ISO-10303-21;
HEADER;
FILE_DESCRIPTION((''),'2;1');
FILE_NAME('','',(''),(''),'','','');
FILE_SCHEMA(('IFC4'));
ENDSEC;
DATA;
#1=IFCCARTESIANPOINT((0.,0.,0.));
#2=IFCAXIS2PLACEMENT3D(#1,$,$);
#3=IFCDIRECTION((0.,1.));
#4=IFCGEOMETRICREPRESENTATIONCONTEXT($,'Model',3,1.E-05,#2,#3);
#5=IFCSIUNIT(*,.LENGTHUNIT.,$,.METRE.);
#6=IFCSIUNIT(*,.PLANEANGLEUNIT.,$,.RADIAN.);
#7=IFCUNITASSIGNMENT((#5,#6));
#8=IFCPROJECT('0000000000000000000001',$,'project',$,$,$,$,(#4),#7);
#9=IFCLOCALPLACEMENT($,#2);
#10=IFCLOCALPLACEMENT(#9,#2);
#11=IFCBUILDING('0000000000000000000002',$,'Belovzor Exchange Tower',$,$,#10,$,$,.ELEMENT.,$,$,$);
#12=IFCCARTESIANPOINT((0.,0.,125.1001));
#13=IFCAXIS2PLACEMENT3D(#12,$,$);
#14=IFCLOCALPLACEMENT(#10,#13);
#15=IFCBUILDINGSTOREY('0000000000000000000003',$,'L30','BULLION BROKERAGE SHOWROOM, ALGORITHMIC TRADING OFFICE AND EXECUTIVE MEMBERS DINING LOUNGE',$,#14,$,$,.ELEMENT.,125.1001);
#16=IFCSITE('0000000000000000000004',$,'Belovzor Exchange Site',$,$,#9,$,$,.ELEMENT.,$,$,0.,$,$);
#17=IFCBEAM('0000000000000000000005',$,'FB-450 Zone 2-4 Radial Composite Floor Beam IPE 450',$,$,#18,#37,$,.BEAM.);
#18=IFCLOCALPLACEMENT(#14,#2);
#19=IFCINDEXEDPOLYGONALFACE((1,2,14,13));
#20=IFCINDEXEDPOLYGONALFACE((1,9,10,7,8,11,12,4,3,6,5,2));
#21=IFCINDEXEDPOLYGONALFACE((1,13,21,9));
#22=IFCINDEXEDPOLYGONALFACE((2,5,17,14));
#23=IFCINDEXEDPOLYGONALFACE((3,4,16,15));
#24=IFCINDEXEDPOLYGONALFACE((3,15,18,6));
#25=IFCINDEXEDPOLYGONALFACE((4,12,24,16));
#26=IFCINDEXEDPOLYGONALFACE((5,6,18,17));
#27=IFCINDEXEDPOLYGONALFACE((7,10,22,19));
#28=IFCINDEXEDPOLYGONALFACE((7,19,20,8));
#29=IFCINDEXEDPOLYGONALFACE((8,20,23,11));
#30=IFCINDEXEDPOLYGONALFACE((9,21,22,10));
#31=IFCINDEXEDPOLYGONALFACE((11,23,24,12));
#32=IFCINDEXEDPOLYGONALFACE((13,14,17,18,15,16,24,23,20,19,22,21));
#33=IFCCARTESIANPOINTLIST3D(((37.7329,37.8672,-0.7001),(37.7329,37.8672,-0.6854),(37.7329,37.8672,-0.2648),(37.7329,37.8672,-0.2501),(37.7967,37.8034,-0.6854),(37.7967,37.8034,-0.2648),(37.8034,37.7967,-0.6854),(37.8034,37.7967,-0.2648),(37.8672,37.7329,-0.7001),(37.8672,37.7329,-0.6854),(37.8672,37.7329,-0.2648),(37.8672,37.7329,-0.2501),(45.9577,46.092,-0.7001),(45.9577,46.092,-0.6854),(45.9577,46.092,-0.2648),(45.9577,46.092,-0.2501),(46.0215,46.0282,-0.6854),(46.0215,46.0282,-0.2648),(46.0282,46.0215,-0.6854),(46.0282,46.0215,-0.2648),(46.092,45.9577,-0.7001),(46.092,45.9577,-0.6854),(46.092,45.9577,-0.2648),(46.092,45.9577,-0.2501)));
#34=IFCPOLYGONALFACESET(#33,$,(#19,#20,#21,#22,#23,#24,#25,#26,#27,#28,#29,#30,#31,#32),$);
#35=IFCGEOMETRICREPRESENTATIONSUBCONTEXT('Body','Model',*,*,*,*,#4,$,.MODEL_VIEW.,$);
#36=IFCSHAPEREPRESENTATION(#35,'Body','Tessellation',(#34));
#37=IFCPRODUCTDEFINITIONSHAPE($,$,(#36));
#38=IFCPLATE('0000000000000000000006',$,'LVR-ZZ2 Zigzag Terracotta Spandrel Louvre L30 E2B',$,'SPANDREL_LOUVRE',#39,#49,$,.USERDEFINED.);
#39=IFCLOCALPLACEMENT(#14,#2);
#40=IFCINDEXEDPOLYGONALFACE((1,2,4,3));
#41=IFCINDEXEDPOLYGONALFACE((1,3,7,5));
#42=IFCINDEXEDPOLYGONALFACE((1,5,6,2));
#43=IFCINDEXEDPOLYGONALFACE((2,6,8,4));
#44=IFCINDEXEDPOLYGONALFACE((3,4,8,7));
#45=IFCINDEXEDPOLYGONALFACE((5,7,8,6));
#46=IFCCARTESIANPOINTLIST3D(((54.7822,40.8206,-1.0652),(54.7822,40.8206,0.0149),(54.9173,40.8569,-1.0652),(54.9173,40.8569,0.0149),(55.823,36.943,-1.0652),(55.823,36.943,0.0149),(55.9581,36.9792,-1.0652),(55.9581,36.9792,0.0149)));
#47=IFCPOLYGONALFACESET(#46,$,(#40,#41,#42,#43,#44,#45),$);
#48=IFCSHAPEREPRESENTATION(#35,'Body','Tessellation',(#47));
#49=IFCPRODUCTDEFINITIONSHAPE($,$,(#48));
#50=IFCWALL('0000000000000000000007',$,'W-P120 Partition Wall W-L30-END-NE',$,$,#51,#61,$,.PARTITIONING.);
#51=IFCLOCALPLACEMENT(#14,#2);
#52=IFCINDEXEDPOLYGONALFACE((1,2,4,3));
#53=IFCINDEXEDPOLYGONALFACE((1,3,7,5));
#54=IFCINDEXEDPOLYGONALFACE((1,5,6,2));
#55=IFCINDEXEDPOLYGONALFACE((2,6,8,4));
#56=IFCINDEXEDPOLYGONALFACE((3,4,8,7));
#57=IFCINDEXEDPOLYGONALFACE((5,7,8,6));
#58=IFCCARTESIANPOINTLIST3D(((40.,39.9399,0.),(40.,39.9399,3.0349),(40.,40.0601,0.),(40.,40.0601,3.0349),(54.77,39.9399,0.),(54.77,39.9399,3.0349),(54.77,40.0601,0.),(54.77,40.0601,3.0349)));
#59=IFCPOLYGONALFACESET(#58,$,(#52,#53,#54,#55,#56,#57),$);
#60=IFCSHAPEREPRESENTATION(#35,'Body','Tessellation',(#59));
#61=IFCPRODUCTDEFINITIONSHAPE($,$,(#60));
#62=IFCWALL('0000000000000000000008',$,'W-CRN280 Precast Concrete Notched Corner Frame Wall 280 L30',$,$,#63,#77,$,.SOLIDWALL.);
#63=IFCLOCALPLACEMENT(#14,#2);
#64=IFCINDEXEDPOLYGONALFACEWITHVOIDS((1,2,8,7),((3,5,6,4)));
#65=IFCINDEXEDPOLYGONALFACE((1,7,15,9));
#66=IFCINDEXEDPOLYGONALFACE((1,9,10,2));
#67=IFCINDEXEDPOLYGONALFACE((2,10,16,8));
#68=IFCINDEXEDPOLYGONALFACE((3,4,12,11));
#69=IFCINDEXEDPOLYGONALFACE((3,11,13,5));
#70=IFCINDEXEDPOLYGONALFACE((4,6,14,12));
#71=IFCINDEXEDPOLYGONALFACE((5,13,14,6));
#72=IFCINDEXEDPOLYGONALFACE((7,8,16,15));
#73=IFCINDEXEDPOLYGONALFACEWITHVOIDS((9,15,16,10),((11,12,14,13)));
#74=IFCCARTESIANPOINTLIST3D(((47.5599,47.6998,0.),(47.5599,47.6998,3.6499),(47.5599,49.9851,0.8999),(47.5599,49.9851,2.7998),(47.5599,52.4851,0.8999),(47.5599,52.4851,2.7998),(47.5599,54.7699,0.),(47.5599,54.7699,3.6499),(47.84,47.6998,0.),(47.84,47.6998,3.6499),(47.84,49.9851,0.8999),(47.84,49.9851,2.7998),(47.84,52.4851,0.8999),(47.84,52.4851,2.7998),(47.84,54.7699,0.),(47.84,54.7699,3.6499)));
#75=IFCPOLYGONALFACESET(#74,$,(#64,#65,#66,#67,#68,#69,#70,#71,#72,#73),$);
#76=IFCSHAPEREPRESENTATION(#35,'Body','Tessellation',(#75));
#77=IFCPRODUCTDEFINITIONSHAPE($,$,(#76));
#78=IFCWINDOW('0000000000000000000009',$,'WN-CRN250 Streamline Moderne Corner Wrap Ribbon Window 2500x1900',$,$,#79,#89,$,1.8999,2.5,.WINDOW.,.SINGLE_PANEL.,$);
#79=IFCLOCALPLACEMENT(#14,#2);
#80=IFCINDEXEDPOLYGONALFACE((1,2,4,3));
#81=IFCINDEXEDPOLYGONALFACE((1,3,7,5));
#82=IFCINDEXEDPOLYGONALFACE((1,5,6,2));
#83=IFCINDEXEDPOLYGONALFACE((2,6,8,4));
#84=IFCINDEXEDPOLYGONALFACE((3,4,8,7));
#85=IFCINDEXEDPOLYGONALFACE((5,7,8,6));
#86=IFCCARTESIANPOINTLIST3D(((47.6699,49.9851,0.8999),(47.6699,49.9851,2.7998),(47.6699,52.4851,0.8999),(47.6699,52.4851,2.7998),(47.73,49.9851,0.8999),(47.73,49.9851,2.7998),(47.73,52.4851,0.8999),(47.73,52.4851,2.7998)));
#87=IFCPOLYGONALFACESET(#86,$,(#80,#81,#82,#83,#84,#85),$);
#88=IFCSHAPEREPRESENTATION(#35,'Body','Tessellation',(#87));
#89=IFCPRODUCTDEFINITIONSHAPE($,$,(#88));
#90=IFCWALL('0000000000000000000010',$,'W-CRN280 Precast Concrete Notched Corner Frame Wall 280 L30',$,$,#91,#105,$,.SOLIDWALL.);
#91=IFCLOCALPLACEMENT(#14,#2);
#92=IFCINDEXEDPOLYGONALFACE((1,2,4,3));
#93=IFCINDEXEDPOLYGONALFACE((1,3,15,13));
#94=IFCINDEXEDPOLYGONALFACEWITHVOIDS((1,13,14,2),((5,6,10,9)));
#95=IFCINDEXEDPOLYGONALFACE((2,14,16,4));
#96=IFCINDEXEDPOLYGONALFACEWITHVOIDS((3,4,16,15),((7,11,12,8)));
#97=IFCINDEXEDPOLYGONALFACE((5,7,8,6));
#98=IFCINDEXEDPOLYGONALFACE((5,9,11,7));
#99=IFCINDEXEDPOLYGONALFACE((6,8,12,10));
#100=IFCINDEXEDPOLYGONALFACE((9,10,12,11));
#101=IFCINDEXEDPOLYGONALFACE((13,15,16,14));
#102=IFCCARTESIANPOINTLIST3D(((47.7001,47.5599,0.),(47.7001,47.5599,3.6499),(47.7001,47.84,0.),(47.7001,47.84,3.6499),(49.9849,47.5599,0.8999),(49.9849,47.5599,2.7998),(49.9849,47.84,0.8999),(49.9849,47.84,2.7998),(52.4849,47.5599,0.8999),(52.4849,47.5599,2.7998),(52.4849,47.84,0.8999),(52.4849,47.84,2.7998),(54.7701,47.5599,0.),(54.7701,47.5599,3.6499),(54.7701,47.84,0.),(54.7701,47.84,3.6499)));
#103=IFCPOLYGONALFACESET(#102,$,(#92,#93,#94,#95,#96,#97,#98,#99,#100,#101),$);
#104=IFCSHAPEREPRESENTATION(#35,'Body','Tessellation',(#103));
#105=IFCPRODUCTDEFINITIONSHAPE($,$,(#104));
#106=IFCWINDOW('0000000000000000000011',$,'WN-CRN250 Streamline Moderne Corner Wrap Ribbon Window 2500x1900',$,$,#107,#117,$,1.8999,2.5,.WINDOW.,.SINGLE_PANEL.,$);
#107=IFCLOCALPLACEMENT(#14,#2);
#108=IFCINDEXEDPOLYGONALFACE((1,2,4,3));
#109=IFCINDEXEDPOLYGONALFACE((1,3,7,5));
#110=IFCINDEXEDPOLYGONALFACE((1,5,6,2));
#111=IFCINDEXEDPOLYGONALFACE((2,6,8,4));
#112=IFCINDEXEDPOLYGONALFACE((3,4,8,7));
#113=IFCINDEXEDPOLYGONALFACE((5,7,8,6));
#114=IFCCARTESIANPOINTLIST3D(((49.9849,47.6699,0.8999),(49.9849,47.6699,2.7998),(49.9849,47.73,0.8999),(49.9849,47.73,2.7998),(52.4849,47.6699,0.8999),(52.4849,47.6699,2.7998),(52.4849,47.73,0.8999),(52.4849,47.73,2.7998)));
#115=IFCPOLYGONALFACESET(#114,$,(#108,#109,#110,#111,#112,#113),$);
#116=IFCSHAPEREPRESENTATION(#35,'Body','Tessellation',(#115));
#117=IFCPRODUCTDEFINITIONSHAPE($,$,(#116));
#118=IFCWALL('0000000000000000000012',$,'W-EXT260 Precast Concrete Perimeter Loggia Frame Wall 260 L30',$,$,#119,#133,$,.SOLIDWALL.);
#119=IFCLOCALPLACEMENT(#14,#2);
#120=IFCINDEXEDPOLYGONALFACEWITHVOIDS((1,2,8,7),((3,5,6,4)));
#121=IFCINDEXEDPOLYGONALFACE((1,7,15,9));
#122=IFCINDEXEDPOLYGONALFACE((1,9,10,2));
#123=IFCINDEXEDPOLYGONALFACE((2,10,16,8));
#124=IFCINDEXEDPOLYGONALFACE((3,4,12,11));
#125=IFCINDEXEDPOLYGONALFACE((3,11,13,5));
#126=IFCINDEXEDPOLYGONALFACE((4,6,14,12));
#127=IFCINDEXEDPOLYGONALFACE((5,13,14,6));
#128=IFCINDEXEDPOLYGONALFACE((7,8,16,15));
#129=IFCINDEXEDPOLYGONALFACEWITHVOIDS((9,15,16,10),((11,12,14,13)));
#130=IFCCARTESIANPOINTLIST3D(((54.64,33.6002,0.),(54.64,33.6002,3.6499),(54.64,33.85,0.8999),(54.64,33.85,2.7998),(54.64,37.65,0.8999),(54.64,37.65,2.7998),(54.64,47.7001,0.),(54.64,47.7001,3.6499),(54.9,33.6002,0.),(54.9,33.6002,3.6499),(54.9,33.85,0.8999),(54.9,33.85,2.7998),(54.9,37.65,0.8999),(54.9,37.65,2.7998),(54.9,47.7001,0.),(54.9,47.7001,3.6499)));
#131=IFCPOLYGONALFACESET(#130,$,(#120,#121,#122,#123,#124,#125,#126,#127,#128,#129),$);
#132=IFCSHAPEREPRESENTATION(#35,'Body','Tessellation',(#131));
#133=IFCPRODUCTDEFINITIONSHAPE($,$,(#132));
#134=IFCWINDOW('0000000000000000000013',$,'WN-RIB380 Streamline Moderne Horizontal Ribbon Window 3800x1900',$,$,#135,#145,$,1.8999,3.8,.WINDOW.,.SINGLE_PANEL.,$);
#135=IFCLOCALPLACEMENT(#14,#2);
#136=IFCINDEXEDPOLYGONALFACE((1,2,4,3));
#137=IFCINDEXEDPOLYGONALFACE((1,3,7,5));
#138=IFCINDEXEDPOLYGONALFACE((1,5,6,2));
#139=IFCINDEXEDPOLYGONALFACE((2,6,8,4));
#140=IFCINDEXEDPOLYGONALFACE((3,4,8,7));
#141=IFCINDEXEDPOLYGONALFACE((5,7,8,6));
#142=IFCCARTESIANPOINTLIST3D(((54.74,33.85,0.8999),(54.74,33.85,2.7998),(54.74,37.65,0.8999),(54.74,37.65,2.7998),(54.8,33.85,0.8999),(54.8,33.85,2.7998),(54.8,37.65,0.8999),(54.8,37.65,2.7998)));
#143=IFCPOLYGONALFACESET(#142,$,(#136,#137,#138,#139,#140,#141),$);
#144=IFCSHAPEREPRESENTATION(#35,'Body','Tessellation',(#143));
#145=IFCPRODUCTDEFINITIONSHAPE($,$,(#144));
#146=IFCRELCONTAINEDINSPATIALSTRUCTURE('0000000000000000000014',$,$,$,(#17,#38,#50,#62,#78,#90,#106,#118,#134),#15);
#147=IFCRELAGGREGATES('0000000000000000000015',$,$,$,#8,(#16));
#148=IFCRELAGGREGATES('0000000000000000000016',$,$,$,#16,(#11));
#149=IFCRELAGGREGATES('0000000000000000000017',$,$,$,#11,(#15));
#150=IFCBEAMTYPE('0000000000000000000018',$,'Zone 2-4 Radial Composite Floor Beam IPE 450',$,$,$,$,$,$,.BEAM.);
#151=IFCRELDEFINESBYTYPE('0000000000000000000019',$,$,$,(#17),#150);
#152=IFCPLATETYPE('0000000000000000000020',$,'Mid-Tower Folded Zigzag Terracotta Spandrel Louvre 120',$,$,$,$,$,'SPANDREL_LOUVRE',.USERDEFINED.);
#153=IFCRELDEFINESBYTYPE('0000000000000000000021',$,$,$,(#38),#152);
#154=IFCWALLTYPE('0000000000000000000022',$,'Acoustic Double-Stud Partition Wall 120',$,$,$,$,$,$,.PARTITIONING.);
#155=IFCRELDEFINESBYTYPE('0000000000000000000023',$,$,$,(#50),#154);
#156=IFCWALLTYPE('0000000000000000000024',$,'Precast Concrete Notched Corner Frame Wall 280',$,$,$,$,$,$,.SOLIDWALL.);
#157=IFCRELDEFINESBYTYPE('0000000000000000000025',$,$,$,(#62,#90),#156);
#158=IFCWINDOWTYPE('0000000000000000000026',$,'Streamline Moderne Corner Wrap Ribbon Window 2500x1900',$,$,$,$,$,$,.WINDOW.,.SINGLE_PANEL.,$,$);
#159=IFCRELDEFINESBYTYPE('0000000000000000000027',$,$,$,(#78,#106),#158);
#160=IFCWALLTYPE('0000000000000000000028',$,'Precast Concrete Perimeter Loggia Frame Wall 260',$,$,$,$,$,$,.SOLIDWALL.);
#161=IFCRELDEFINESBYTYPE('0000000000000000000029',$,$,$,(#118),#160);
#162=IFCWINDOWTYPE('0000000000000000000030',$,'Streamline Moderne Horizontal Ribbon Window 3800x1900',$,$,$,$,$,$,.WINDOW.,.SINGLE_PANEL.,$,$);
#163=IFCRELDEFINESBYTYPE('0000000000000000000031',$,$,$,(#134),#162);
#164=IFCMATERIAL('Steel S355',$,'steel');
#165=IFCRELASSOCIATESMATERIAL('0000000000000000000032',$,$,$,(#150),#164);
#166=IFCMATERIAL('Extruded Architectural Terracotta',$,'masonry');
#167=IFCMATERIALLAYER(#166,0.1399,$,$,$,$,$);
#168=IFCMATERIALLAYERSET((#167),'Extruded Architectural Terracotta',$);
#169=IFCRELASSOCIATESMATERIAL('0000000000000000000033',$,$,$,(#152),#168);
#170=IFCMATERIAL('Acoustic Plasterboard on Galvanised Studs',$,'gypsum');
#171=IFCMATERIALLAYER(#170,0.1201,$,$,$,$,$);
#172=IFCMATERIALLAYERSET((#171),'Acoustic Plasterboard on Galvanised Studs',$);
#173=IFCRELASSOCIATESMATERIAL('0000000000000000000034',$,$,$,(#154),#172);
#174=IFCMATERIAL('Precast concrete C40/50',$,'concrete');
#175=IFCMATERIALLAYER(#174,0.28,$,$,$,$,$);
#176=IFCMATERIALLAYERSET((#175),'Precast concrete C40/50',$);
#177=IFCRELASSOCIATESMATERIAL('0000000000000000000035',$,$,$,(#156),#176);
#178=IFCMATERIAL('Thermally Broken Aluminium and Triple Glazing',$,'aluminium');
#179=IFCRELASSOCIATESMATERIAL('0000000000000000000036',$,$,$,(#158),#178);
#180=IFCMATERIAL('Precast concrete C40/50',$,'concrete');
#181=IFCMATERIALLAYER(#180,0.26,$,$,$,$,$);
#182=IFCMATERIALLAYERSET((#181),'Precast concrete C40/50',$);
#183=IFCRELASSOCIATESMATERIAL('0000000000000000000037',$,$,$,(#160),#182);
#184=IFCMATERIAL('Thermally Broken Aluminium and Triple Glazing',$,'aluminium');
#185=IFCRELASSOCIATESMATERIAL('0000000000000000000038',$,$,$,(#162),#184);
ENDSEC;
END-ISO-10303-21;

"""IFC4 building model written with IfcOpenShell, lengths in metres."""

from ifc_helpers import new_model, si_unit, direction, frame, frame_2d, origin, origin_2d, place, context, subcontext, project, spatial, rectangle, i_section, extrude, material, layer, layer_set, material_profile, profile_set, type_object, element, fill, save


model = new_model("IFC4")

# Units and contexts
model_context = context("Model", 3, precision=1e-05, world=origin(), true_north=direction((0.0, 1.0)))
body_context = subcontext(model_context, "Body", "Model", "MODEL_VIEW")
ifc_project = project(units=[si_unit("LENGTHUNIT", "METRE"), si_unit("PLANEANGLEUNIT", "RADIAN")], contexts=[model_context])

# Site, building, storey
site_placement = place(None, origin())
site = spatial("IfcSite", under=ifc_project, at=site_placement, Name="Belovzor Exchange Site", CompositionType="ELEMENT", RefElevation=0.0)
building_placement = place(site_placement, origin())
building = spatial("IfcBuilding", under=site, at=building_placement, Name="Belovzor Exchange Tower", CompositionType="ELEMENT")
storey_placement = place(building_placement, frame((0.0, 0.0, 125.1001)))
storey = spatial("IfcBuildingStorey", under=building, at=storey_placement, Name="L30", Description="BULLION BROKERAGE SHOWROOM, ALGORITHMIC TRADING OFFICE AND EXECUTIVE MEMBERS DINING LOUNGE", CompositionType="ELEMENT", Elevation=125.1001)

# Beam
ifc_material_1 = material(Name="Steel S355", Category="steel")
ifc_material_profile_1 = material_profile(ifc_material_1, i_section(OverallWidth=0.1899, OverallDepth=0.45, WebThickness=0.0095, FlangeThickness=0.0146, at=origin_2d()))
ifc_profile_set_1 = profile_set([ifc_material_profile_1], Name="Steel S355")
beam_type_1 = type_object("IfcBeamType", Name="Zone 2-4 Radial Composite Floor Beam IPE 450", PredefinedType="BEAM", material=ifc_profile_set_1)
beam_1_placement = place(storey_placement, frame((37.8, 37.8, -0.4751), z_axis=(0.707107, 0.707107, 0.0), x_axis=(-0.707107, 0.707107, 0.0)))
element("IfcBeam", 1, at=beam_1_placement, inside=storey, type_object=beam_type_1, Name="FB-450 Zone 2-4 Radial Composite Floor Beam IPE 450", PredefinedType="BEAM", context=body_context, shape_type="SweptSolid", body=[
    extrude(i_section(OverallWidth=0.1899, OverallDepth=0.45, WebThickness=0.0095, FlangeThickness=0.0146, at=origin_2d()), origin(), (0.0, 0.0, 1.0), 11.6316),
])

# Plate
ifc_material_2 = material(Name="Extruded Architectural Terracotta", Category="masonry")
ifc_layer_1 = layer(ifc_material_2, 0.1399)
ifc_layer_set_1 = layer_set([ifc_layer_1], Name="Extruded Architectural Terracotta")
plate_type = type_object("IfcPlateType", Name="Mid-Tower Folded Zigzag Terracotta Spandrel Louvre 120", ElementType="SPANDREL_LOUVRE", PredefinedType="USERDEFINED", material=ifc_layer_set_1)
plate_placement = place(storey_placement, frame((55.3701, 38.8999, -1.0652), z_axis=(0.0, 0.0, 1.0), x_axis=(-0.25924, 0.965813, 0.0)))
element("IfcPlate", 2, at=plate_placement, inside=storey, type_object=plate_type, Name="LVR-ZZ2 Zigzag Terracotta Spandrel Louvre L30 E2B", ObjectType="SPANDREL_LOUVRE", PredefinedType="USERDEFINED", context=body_context, shape_type="SweptSolid", body=[
    extrude(rectangle(XDim=4.0149, YDim=0.1399, at=origin_2d()), origin(), (0.0, 0.0, 1.0), 1.0801),
])

# Wall
ifc_material_3 = material(Name="Acoustic Plasterboard on Galvanised Studs", Category="gypsum")
ifc_layer_2 = layer(ifc_material_3, 0.1201)
ifc_layer_set_2 = layer_set([ifc_layer_2], Name="Acoustic Plasterboard on Galvanised Studs")
wall_type_1 = type_object("IfcWallType", Name="Acoustic Double-Stud Partition Wall 120", PredefinedType="PARTITIONING", material=ifc_layer_set_2)
wall_1_placement = place(storey_placement, frame((40.0, 40.0, 0.0), z_axis=(0.0, 0.0, 1.0), x_axis=(1.0, 0.0, 0.0)))
element("IfcWall", 3, at=wall_1_placement, inside=storey, type_object=wall_type_1, Name="W-P120 Partition Wall W-L30-END-NE", PredefinedType="PARTITIONING", context=body_context, shape_type="SweptSolid", body=[
    extrude(rectangle(XDim=14.77, YDim=0.1201, at=frame_2d((7.385, 0.0))), origin(), (0.0, 0.0, 1.0), 3.0349),
])

# Walls, openings, windows
ifc_material_4 = material(Name="Precast concrete C40/50", Category="concrete")
ifc_layer_3 = layer(ifc_material_4, 0.28)
ifc_layer_set_3 = layer_set([ifc_layer_3], Name="Precast concrete C40/50")
wall_type_2 = type_object("IfcWallType", Name="Precast Concrete Notched Corner Frame Wall 280", PredefinedType="SOLIDWALL", material=ifc_layer_set_3)
wall_2_placement = place(storey_placement, frame((47.7, 54.77, 0.0), z_axis=(0.0, 0.0, 1.0), x_axis=(0.0, -1.0, 0.0)))
wall_2 = element("IfcWall", 4, at=wall_2_placement, inside=storey, type_object=wall_type_2, Name="W-CRN280 Precast Concrete Notched Corner Frame Wall 280 L30", PredefinedType="SOLIDWALL", context=body_context, shape_type="SweptSolid", body=[
    extrude(rectangle(XDim=7.0701, YDim=0.28, at=frame_2d((3.5352, 0.0))), origin(), (0.0, 0.0, 1.0), 3.6499),
])
opening_1_placement = place(wall_2_placement, frame((2.2849, 0.0, 0.8999)))
opening_1 = element("IfcOpeningElement", 5, at=opening_1_placement, cuts=wall_2, PredefinedType="OPENING", context=body_context, shape_type="SweptSolid", body=[
    extrude(rectangle(XDim=2.5, YDim=1.8999, at=frame_2d((1.25, 0.95))), frame((0.0, 0.1499, 0.0), z_axis=(0.0, -1.0, 0.0), x_axis=(1.0, 0.0, 0.0)), (0.0, 0.0, 1.0), 0.3),
])
ifc_material_5 = material(Name="Thermally Broken Aluminium and Triple Glazing", Category="aluminium")
window_type_1 = type_object("IfcWindowType", Name="Streamline Moderne Corner Wrap Ribbon Window 2500x1900", PartitioningType="SINGLE_PANEL", PredefinedType="WINDOW", material=ifc_material_5)
window_1_placement = place(opening_1_placement, origin())
window_1 = element("IfcWindow", 6, at=window_1_placement, inside=storey, type_object=window_type_1, Name="WN-CRN250 Streamline Moderne Corner Wrap Ribbon Window 2500x1900", OverallHeight=1.8999, OverallWidth=2.5, PartitioningType="SINGLE_PANEL", PredefinedType="WINDOW", context=body_context, shape_type="SweptSolid", body=[
    extrude(rectangle(XDim=2.5, YDim=1.8999, at=frame_2d((1.25, 0.95))), frame((0.0, 0.03, 0.0), z_axis=(0.0, -1.0, 0.0), x_axis=(1.0, 0.0, 0.0)), (0.0, 0.0, 1.0), 0.0601),
])
fill(opening_1, window_1)
wall_3_placement = place(storey_placement, frame((47.7, 47.7, 0.0), z_axis=(0.0, 0.0, 1.0), x_axis=(1.0, 0.0, 0.0)))
wall_3 = element("IfcWall", 7, at=wall_3_placement, inside=storey, type_object=wall_type_2, Name="W-CRN280 Precast Concrete Notched Corner Frame Wall 280 L30", PredefinedType="SOLIDWALL", context=body_context, shape_type="SweptSolid", body=[
    extrude(rectangle(XDim=7.0701, YDim=0.28, at=frame_2d((3.5352, 0.0))), origin(), (0.0, 0.0, 1.0), 3.6499),
])
opening_2_placement = place(wall_3_placement, frame((2.2849, 0.0, 0.8999)))
opening_2 = element("IfcOpeningElement", 8, at=opening_2_placement, cuts=wall_3, PredefinedType="OPENING", context=body_context, shape_type="SweptSolid", body=[
    extrude(rectangle(XDim=2.5, YDim=1.8999, at=frame_2d((1.25, 0.95))), frame((0.0, 0.1499, 0.0), z_axis=(0.0, -1.0, 0.0), x_axis=(1.0, 0.0, 0.0)), (0.0, 0.0, 1.0), 0.3),
])
window_2_placement = place(opening_2_placement, origin())
window_2 = element("IfcWindow", 9, at=window_2_placement, inside=storey, type_object=window_type_1, Name="WN-CRN250 Streamline Moderne Corner Wrap Ribbon Window 2500x1900", OverallHeight=1.8999, OverallWidth=2.5, PartitioningType="SINGLE_PANEL", PredefinedType="WINDOW", context=body_context, shape_type="SweptSolid", body=[
    extrude(rectangle(XDim=2.5, YDim=1.8999, at=frame_2d((1.25, 0.95))), frame((0.0, 0.03, 0.0), z_axis=(0.0, -1.0, 0.0), x_axis=(1.0, 0.0, 0.0)), (0.0, 0.0, 1.0), 0.0601),
])
fill(opening_2, window_2)
ifc_material_6 = material(Name="Precast concrete C40/50", Category="concrete")
ifc_layer_4 = layer(ifc_material_6, 0.26)
ifc_layer_set_4 = layer_set([ifc_layer_4], Name="Precast concrete C40/50")
wall_type_3 = type_object("IfcWallType", Name="Precast Concrete Perimeter Loggia Frame Wall 260", PredefinedType="SOLIDWALL", material=ifc_layer_set_4)
wall_4_placement = place(storey_placement, frame((54.77, 47.7, 0.0), z_axis=(0.0, 0.0, 1.0), x_axis=(0.0, -1.0, 0.0)))
wall_4 = element("IfcWall", 10, at=wall_4_placement, inside=storey, type_object=wall_type_3, Name="W-EXT260 Precast Concrete Perimeter Loggia Frame Wall 260 L30", PredefinedType="SOLIDWALL", context=body_context, shape_type="SweptSolid", body=[
    extrude(rectangle(XDim=14.0999, YDim=0.26, at=frame_2d((7.0498, 0.0))), origin(), (0.0, 0.0, 1.0), 3.6499),
])
opening_3_placement = place(wall_4_placement, frame((10.05, 0.0, 0.8999)))
opening_3 = element("IfcOpeningElement", 11, at=opening_3_placement, cuts=wall_4, PredefinedType="OPENING", context=body_context, shape_type="SweptSolid", body=[
    extrude(rectangle(XDim=3.8, YDim=1.8999, at=frame_2d((1.8999, 0.95))), frame((0.0, 0.1399, 0.0), z_axis=(0.0, -1.0, 0.0), x_axis=(1.0, 0.0, 0.0)), (0.0, 0.0, 1.0), 0.28),
])
ifc_material_7 = material(Name="Thermally Broken Aluminium and Triple Glazing", Category="aluminium")
window_type_2 = type_object("IfcWindowType", Name="Streamline Moderne Horizontal Ribbon Window 3800x1900", PartitioningType="SINGLE_PANEL", PredefinedType="WINDOW", material=ifc_material_7)
window_3_placement = place(opening_3_placement, origin())
window_3 = element("IfcWindow", 12, at=window_3_placement, inside=storey, type_object=window_type_2, Name="WN-RIB380 Streamline Moderne Horizontal Ribbon Window 3800x1900", OverallHeight=1.8999, OverallWidth=3.8, PartitioningType="SINGLE_PANEL", PredefinedType="WINDOW", context=body_context, shape_type="SweptSolid", body=[
    extrude(rectangle(XDim=3.8, YDim=1.8999, at=frame_2d((1.8999, 0.95))), frame((0.0, 0.03, 0.0), z_axis=(0.0, -1.0, 0.0), x_axis=(1.0, 0.0, 0.0)), (0.0, 0.0, 1.0), 0.0601),
])
fill(opening_3, window_3)

save(model, "model.ifc")
